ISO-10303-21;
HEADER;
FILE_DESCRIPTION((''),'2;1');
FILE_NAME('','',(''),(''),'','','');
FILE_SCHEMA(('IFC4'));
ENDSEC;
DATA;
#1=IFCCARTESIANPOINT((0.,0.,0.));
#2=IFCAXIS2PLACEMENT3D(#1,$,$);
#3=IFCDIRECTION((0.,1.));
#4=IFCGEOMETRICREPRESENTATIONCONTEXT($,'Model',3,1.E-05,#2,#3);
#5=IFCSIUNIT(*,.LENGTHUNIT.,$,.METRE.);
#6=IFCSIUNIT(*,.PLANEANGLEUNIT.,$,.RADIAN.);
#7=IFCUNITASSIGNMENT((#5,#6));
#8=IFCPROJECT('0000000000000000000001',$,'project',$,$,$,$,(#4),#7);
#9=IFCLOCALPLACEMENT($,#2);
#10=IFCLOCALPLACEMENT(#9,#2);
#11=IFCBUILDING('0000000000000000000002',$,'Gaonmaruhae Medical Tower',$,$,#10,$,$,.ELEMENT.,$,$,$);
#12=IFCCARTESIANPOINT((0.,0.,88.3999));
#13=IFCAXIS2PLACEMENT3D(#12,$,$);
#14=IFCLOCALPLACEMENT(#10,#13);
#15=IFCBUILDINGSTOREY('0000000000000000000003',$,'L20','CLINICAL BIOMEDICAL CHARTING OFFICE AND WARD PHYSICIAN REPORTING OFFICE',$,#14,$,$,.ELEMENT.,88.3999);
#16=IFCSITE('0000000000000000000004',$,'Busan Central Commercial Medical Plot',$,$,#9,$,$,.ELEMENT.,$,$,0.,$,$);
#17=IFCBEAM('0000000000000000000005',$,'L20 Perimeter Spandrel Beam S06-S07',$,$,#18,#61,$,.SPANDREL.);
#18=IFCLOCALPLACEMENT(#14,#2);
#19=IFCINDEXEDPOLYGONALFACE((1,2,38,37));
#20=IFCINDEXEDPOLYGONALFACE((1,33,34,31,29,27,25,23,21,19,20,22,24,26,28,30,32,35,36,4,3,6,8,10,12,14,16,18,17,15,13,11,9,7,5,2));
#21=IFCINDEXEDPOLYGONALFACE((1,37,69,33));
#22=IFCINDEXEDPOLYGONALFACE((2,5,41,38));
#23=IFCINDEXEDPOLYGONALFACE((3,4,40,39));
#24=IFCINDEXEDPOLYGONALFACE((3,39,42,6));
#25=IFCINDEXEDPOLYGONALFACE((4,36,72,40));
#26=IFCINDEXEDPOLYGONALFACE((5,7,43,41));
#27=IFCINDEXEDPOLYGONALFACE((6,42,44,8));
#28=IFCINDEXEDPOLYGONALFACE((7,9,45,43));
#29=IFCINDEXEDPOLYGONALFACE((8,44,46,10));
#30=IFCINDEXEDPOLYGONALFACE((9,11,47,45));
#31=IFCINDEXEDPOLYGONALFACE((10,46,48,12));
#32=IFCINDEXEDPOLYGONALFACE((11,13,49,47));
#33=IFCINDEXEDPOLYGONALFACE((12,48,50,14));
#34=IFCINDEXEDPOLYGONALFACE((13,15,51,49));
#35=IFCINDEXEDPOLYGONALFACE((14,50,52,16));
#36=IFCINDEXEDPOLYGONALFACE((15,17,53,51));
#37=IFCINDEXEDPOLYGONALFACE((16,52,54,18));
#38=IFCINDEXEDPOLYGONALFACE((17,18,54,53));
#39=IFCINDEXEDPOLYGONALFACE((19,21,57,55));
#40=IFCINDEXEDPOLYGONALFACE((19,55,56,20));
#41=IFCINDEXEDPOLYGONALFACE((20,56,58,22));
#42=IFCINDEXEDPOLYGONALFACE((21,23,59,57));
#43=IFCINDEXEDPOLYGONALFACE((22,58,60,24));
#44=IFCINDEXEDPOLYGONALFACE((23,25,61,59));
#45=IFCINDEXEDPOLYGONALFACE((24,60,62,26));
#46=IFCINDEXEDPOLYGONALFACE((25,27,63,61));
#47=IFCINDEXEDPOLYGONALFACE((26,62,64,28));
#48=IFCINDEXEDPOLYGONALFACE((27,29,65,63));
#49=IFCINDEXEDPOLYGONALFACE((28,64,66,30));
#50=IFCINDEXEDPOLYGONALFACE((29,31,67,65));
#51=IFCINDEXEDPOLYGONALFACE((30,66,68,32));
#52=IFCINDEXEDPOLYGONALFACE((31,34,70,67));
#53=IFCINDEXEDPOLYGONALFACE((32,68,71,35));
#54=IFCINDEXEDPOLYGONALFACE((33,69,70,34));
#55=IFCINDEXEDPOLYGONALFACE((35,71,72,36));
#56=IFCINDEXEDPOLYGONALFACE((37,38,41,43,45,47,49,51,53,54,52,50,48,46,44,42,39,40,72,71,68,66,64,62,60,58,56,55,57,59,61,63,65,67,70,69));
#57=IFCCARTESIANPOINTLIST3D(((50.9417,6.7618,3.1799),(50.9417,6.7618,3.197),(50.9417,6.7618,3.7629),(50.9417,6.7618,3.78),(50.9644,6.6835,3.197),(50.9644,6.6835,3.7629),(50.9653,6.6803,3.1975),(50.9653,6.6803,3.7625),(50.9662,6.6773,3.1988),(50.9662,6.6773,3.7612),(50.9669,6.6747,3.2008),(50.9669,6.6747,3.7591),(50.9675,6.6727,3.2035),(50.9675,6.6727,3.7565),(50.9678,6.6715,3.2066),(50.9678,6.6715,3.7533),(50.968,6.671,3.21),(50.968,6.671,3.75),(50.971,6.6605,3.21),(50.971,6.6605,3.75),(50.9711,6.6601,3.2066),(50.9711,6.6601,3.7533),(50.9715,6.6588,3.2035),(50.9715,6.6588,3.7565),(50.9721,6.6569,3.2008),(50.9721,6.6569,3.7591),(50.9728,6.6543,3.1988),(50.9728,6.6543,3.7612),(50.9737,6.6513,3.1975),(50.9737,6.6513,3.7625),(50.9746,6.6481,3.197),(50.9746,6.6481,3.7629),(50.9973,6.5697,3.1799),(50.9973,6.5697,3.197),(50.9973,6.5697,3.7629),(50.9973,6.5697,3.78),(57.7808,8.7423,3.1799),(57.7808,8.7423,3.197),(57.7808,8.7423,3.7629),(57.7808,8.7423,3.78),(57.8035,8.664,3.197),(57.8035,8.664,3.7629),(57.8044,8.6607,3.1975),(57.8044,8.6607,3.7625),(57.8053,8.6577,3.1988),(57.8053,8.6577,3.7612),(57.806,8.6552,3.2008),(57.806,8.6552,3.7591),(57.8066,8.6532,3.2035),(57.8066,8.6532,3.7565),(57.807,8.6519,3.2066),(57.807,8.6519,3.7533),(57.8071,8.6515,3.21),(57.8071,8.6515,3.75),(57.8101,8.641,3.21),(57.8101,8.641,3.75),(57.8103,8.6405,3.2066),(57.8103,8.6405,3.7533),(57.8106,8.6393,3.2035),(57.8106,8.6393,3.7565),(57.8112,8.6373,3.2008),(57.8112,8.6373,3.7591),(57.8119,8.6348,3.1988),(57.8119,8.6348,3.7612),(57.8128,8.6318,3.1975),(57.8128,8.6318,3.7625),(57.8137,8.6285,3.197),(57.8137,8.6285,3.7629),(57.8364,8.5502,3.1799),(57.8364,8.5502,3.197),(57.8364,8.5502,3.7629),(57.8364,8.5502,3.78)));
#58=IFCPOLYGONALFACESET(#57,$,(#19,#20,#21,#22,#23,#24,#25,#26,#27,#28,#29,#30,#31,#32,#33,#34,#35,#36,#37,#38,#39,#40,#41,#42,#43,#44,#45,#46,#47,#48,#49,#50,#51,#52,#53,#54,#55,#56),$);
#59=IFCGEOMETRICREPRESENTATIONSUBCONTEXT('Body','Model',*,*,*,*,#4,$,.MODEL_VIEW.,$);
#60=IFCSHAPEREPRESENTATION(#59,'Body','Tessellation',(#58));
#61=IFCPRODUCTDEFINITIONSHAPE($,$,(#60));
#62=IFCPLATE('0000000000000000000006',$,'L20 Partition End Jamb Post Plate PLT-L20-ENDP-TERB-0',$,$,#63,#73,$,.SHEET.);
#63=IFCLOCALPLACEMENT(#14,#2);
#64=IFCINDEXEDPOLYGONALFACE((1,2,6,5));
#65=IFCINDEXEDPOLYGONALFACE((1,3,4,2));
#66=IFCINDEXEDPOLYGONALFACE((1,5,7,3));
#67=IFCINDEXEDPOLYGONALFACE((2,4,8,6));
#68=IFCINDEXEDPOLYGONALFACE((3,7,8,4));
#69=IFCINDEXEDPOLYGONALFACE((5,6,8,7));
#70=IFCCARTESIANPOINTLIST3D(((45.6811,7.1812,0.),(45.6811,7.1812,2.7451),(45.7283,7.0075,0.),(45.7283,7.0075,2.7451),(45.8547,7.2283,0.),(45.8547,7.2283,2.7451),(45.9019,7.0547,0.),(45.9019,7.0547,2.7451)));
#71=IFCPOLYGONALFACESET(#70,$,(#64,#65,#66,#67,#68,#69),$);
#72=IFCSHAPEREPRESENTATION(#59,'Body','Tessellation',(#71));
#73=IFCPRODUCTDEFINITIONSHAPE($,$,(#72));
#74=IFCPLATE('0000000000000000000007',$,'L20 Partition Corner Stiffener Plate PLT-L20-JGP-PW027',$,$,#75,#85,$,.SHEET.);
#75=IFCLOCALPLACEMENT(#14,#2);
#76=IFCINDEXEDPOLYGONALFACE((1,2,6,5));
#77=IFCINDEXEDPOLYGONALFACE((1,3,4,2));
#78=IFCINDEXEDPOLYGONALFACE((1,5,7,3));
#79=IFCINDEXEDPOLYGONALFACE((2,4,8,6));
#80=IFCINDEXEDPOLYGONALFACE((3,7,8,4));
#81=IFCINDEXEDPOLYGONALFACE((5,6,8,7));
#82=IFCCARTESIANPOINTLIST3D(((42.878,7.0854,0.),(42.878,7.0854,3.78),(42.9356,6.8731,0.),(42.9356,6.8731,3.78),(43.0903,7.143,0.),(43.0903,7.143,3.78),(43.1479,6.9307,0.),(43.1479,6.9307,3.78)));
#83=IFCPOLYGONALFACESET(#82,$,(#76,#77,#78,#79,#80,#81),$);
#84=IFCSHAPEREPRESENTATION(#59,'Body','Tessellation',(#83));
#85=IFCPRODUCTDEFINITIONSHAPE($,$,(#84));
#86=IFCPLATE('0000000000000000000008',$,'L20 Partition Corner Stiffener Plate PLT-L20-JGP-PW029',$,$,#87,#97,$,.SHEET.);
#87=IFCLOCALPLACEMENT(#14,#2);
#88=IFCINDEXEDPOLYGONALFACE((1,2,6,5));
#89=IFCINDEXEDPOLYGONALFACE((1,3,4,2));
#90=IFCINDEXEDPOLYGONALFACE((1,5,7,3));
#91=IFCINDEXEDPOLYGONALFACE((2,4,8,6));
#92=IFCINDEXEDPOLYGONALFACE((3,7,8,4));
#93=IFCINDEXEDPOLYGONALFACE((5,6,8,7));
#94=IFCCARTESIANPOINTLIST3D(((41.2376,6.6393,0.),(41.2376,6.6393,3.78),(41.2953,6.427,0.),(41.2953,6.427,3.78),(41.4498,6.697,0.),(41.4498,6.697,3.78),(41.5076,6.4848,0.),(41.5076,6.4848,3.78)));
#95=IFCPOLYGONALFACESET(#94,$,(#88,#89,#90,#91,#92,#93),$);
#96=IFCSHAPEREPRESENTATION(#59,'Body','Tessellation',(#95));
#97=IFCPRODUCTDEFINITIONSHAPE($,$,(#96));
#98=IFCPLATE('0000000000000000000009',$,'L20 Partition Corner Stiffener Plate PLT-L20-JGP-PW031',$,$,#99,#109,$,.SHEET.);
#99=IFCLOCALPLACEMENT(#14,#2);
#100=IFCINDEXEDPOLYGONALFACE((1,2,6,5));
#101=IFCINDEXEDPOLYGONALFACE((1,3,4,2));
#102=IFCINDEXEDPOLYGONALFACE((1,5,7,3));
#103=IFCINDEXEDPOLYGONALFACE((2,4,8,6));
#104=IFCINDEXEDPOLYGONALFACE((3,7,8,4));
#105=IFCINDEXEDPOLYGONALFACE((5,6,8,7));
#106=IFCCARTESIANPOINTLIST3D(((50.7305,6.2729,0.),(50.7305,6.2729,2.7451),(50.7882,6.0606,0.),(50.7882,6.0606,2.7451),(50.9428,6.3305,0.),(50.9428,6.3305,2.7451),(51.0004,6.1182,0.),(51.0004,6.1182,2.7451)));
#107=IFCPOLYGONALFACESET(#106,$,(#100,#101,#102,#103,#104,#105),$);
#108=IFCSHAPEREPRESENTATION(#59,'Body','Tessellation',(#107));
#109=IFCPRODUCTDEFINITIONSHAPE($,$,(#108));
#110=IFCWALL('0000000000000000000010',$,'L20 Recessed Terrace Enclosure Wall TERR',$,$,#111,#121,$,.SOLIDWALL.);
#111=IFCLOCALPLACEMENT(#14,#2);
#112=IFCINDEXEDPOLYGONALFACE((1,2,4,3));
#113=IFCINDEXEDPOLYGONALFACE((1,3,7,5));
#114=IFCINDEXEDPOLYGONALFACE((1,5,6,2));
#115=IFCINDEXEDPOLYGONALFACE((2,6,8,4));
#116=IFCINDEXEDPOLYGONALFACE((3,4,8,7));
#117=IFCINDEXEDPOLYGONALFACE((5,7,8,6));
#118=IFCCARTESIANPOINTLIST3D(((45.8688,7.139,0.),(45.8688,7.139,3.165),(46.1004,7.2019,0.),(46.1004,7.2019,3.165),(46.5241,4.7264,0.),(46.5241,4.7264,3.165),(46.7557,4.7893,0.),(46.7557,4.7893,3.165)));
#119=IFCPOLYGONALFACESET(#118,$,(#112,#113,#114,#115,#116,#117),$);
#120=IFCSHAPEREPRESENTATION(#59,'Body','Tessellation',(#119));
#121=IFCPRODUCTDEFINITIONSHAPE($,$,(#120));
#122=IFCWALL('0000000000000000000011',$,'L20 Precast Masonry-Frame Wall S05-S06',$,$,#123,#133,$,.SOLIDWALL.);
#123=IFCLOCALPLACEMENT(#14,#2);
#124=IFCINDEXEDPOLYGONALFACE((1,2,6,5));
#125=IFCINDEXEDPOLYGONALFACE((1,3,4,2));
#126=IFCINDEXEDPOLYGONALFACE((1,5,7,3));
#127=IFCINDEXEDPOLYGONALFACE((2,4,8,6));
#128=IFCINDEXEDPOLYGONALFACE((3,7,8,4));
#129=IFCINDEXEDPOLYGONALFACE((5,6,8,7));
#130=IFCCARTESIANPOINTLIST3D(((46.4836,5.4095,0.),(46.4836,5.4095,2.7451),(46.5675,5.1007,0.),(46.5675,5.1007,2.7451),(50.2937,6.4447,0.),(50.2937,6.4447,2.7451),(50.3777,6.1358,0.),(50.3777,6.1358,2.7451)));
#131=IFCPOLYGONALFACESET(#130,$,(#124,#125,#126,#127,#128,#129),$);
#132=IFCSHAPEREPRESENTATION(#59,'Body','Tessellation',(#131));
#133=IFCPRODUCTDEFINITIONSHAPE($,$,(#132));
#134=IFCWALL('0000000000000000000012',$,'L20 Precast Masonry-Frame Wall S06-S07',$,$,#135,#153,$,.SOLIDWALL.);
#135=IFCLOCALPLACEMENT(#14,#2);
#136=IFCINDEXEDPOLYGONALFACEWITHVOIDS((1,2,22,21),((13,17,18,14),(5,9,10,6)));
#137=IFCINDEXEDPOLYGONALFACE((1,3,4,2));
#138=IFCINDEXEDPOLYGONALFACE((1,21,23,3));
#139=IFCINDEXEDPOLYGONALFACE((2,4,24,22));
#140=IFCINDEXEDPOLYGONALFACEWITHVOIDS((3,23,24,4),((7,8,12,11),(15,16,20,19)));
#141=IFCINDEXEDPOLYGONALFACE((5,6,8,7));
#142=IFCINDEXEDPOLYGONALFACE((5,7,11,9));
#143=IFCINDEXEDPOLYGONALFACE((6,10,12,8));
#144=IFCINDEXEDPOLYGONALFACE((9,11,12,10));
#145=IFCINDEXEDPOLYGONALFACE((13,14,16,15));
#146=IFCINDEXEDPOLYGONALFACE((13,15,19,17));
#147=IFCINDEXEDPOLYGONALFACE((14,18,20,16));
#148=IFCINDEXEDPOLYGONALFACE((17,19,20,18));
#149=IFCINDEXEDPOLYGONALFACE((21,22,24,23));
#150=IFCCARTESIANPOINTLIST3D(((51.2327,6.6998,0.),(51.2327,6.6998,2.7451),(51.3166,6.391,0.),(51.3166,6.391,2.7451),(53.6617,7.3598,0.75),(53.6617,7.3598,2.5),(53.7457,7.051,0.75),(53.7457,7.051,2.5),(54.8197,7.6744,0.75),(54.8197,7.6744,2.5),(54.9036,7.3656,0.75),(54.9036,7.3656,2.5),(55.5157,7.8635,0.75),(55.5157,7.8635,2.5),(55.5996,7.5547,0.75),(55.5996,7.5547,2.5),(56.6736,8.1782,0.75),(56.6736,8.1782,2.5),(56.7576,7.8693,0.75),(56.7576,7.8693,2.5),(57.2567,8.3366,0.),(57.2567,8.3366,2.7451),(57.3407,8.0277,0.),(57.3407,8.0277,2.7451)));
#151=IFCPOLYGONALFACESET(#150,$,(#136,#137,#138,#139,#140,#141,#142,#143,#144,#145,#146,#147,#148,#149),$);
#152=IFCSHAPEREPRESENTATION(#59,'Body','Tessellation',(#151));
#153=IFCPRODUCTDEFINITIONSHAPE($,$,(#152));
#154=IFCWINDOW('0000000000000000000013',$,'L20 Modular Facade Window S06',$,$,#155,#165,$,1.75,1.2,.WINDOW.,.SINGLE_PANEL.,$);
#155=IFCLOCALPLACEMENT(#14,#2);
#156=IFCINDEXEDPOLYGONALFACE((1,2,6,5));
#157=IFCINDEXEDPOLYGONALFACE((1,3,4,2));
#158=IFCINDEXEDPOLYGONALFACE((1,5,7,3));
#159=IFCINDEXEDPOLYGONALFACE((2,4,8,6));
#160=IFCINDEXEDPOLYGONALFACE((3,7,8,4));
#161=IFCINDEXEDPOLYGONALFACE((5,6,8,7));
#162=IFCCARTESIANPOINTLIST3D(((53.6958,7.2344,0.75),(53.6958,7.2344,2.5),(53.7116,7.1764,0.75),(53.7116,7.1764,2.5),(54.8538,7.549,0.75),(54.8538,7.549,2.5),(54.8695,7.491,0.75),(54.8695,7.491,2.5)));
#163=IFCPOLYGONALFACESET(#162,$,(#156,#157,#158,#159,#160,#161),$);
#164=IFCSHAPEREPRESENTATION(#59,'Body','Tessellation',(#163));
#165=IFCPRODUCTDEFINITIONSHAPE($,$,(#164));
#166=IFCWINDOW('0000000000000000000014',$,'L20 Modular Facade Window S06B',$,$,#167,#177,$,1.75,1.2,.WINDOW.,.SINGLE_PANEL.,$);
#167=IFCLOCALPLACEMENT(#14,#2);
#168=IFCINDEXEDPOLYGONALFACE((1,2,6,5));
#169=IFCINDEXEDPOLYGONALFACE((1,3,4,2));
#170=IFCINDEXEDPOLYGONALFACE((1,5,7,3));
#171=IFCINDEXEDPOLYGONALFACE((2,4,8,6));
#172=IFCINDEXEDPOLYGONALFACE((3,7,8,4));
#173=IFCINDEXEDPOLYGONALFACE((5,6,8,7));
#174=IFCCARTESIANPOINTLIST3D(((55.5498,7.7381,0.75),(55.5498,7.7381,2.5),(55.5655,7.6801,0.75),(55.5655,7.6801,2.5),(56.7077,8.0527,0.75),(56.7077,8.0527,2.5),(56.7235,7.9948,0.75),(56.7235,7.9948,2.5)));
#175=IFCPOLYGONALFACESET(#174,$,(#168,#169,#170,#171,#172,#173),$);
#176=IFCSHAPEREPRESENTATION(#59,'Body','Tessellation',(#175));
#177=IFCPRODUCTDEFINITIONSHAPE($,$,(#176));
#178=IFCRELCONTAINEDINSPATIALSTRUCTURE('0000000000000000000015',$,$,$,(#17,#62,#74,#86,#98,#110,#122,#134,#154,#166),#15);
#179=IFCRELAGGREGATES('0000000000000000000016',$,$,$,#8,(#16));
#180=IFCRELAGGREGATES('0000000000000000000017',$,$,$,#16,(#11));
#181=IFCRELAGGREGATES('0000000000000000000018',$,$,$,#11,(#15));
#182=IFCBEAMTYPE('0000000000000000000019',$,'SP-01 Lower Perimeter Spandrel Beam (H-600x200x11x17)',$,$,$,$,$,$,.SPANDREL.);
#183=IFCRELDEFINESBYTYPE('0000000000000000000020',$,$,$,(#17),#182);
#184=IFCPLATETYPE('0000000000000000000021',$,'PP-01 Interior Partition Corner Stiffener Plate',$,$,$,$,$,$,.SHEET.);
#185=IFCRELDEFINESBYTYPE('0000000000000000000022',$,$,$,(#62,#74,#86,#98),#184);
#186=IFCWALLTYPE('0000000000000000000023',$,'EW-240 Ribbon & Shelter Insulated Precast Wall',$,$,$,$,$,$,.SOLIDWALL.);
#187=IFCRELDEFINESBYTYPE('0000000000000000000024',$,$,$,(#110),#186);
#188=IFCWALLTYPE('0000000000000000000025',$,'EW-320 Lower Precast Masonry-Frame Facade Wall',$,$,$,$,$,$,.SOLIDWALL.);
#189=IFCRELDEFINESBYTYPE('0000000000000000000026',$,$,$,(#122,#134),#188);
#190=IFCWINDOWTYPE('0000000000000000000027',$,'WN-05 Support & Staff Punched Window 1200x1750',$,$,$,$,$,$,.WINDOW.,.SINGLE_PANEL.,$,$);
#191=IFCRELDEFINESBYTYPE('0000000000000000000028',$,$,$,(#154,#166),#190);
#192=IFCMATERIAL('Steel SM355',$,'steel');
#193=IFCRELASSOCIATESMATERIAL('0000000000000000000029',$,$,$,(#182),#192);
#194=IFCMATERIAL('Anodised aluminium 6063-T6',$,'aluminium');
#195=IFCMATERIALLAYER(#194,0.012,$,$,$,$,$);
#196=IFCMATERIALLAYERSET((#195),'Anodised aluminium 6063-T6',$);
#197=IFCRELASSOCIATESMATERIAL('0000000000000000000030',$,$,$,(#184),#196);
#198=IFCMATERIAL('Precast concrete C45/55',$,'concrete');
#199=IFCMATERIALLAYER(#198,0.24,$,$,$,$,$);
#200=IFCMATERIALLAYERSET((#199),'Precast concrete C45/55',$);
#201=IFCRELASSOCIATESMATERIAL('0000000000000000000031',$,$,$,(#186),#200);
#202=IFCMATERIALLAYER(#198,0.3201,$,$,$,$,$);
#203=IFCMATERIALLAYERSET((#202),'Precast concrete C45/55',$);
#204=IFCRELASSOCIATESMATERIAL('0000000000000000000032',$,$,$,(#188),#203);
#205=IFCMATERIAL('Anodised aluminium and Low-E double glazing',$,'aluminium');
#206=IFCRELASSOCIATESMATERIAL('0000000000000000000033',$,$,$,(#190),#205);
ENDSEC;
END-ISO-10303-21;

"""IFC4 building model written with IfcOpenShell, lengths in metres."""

from ifc_helpers import new_model, si_unit, direction, frame, frame_2d, origin, origin_2d, place, context, subcontext, project, spatial, rectangle, i_section, extrude, material, layer, layer_set, material_profile, profile_set, type_object, element, fill, save


model = new_model("IFC4")

# Units and contexts
model_context = context("Model", 3, precision=1e-05, world=origin(), true_north=direction((0.0, 1.0)))
body_context = subcontext(model_context, "Body", "Model", "MODEL_VIEW")
ifc_project = project(units=[si_unit("LENGTHUNIT", "METRE"), si_unit("PLANEANGLEUNIT", "RADIAN")], contexts=[model_context])

# Site, building, storey
site_placement = place(None, origin())
site = spatial("IfcSite", under=ifc_project, at=site_placement, Name="Busan Central Commercial Medical Plot", CompositionType="ELEMENT", RefElevation=0.0)
building_placement = place(site_placement, origin())
building = spatial("IfcBuilding", under=site, at=building_placement, Name="Gaonmaruhae Medical Tower", CompositionType="ELEMENT")
storey_placement = place(building_placement, frame((0.0, 0.0, 88.3999)))
storey = spatial("IfcBuildingStorey", under=building, at=storey_placement, Name="L20", Description="CLINICAL BIOMEDICAL CHARTING OFFICE AND WARD PHYSICIAN REPORTING OFFICE", CompositionType="ELEMENT", Elevation=88.3999)

# Beam
ifc_material_1 = material(Name="Steel SM355", Category="steel")
ifc_material_profile_1 = material_profile(ifc_material_1, i_section(OverallWidth=0.2, OverallDepth=0.6001, WebThickness=0.011, FlangeThickness=0.0171, FilletRadius=0.0129, at=origin_2d()), Name="H-600x200x11x17")
ifc_profile_set_1 = profile_set([ifc_material_profile_1], Name="Steel SM355")
beam_type_1 = type_object("IfcBeamType", Name="SP-01 Lower Perimeter Spandrel Beam (H-600x200x11x17)", PredefinedType="SPANDREL", material=ifc_profile_set_1)
for number, where, z_axis, x_axis, name in (
    (1, (50.9695, 6.6658, 3.48), (0.960537, 0.278152, 0.0), (-0.278152, 0.960537, 0.0), "L20 Perimeter Spandrel Beam S06-S07"),
):
    element("IfcBeam", number, at=place(storey_placement, frame(where, z_axis=z_axis, x_axis=x_axis)), inside=storey, type_object=beam_type_1, Name=name, PredefinedType="SPANDREL", context=body_context, shape_type="SweptSolid", body=[
        extrude(i_section(OverallWidth=0.2, OverallDepth=0.6001, WebThickness=0.011, FlangeThickness=0.0171, FilletRadius=0.0129, at=origin_2d()), origin(), (0.0, 0.0, 1.0), 7.1201),
    ])

# Plates
ifc_material_2 = material(Name="Anodised aluminium 6063-T6", Category="aluminium")
ifc_layer_1 = layer(ifc_material_2, 0.012)
ifc_layer_set_1 = layer_set([ifc_layer_1], Name="Anodised aluminium 6063-T6")
plate_type = type_object("IfcPlateType", Name="PP-01 Interior Partition Corner Stiffener Plate", PredefinedType="SHEET", material=ifc_layer_set_1)
plate_1_placement = place(storey_placement, frame((45.7915, 7.1179, 0.0), z_axis=(0.0, 0.0, 1.0), x_axis=(-0.965016, -0.262189, 0.0)))
element("IfcPlate", 2, at=plate_1_placement, inside=storey, type_object=plate_type, Name="L20 Partition End Jamb Post Plate PLT-L20-ENDP-TERB-0", PredefinedType="SHEET", context=body_context, shape_type="SweptSolid", body=[
    extrude(rectangle(XDim=0.1799, YDim=0.1799, at=origin_2d()), origin(), (0.0, 0.0, 1.0), 2.7451),
])
for number, where, z_axis, x_axis, name in (
    (3, (43.0129, 7.0081, 0.0), (0.0, 0.0, 1.0), (-0.261667, 0.965158, 0.0), "L20 Partition Corner Stiffener Plate PLT-L20-JGP-PW027"),
    (4, (41.3726, 6.562, 0.0), (0.0, 0.0, 1.0), (0.26256, -0.964916, 0.0), "L20 Partition Corner Stiffener Plate PLT-L20-JGP-PW029"),
):
    element("IfcPlate", number, at=place(storey_placement, frame(where, z_axis=z_axis, x_axis=x_axis)), inside=storey, type_object=plate_type, Name=name, PredefinedType="SHEET", context=body_context, shape_type="SweptSolid", body=[
        extrude(rectangle(XDim=0.22, YDim=0.22, at=origin_2d()), origin(), (0.0, 0.0, 1.0), 3.78),
    ])
plate_2_placement = place(storey_placement, frame((50.8655, 6.1956, 0.0), z_axis=(0.0, 0.0, 1.0), x_axis=(-0.965049, -0.262071, 0.0)))
element("IfcPlate", 5, at=plate_2_placement, inside=storey, type_object=plate_type, Name="L20 Partition Corner Stiffener Plate PLT-L20-JGP-PW031", PredefinedType="SHEET", context=body_context, shape_type="SweptSolid", body=[
    extrude(rectangle(XDim=0.22, YDim=0.22, at=origin_2d()), origin(), (0.0, 0.0, 1.0), 2.7451),
])

# Shared definitions
ifc_material_3 = material(Name="Precast concrete C45/55", Category="concrete")
ifc_layer_2 = layer(ifc_material_3, 0.24)
ifc_layer_set_2 = layer_set([ifc_layer_2], Name="Precast concrete C45/55")
wall_type_1 = type_object("IfcWallType", Name="EW-240 Ribbon & Shelter Insulated Precast Wall", PredefinedType="SOLIDWALL", material=ifc_layer_set_2)

# Walls
wall_1_placement = place(storey_placement, frame((46.6399, 4.7578, 0.0), z_axis=(0.0, 0.0, 1.0), x_axis=(-0.262109, 0.965038, 0.0)))
element("IfcWall", 6, at=wall_1_placement, inside=storey, type_object=wall_type_1, Name="L20 Recessed Terrace Enclosure Wall TERR", PredefinedType="SOLIDWALL", context=body_context, shape_type="SweptSolid", body=[
    extrude(rectangle(XDim=2.5, YDim=0.24, at=frame_2d((1.25, 0.0))), origin(), (0.0, 0.0, 1.0), 3.165),
])
ifc_layer_3 = layer(ifc_material_3, 0.3201)
ifc_layer_set_3 = layer_set([ifc_layer_3], Name="Precast concrete C45/55")
wall_type_2 = type_object("IfcWallType", Name="EW-320 Lower Precast Masonry-Frame Facade Wall", PredefinedType="SOLIDWALL", material=ifc_layer_set_3)
wall_2_placement = place(storey_placement, frame((50.3357, 6.2903, 0.0), z_axis=(0.0, 0.0, 1.0), x_axis=(-0.965017, -0.262186, 0.0)))
element("IfcWall", 7, at=wall_2_placement, inside=storey, type_object=wall_type_2, Name="L20 Precast Masonry-Frame Wall S05-S06", PredefinedType="SOLIDWALL", context=body_context, shape_type="SweptSolid", body=[
    extrude(rectangle(XDim=3.9482, YDim=0.3201, at=frame_2d((1.9741, 0.0))), origin(), (0.0, 0.0, 1.0), 2.7451),
])

# Wall, openings, windows
wall_3_placement = place(storey_placement, frame((57.2986, 8.1821, 0.0), z_axis=(0.0, 0.0, 1.0), x_axis=(-0.965014, -0.262197, 0.0)))
wall_3 = element("IfcWall", 8, at=wall_3_placement, inside=storey, type_object=wall_type_2, Name="L20 Precast Masonry-Frame Wall S06-S07", PredefinedType="SOLIDWALL", context=body_context, shape_type="SweptSolid", body=[
    extrude(rectangle(XDim=6.2424, YDim=0.3201, at=frame_2d((3.1211, 0.0))), origin(), (0.0, 0.0, 1.0), 2.7451),
])
opening_1_placement = place(wall_3_placement, frame((2.5251, 0.0, 0.75)))
opening_1 = element("IfcOpeningElement", 9, at=opening_1_placement, cuts=wall_3, PredefinedType="OPENING", context=body_context, shape_type="SweptSolid", body=[
    extrude(rectangle(XDim=1.2, YDim=1.75, at=frame_2d((0.6001, 0.875))), frame((0.0, 0.1699, 0.0), z_axis=(0.0, -1.0, 0.0), x_axis=(1.0, 0.0, 0.0)), (0.0, 0.0, 1.0), 0.3401),
])
opening_2_placement = place(wall_3_placement, frame((0.604, 0.0, 0.75)))
opening_2 = element("IfcOpeningElement", 10, at=opening_2_placement, cuts=wall_3, PredefinedType="OPENING", context=body_context, shape_type="SweptSolid", body=[
    extrude(rectangle(XDim=1.2, YDim=1.75, at=frame_2d((0.6001, 0.875))), frame((0.0, 0.1699, 0.0), z_axis=(0.0, -1.0, 0.0), x_axis=(1.0, 0.0, 0.0)), (0.0, 0.0, 1.0), 0.3401),
])
ifc_material_4 = material(Name="Anodised aluminium and Low-E double glazing", Category="aluminium")
window_type = type_object("IfcWindowType", Name="WN-05 Support & Staff Punched Window 1200x1750", PartitioningType="SINGLE_PANEL", PredefinedType="WINDOW", material=ifc_material_4)
window_1_placement = place(opening_1_placement, origin())
window_1 = element("IfcWindow", 11, at=window_1_placement, inside=storey, type_object=window_type, Name="L20 Modular Facade Window S06", OverallHeight=1.75, OverallWidth=1.2, PartitioningType="SINGLE_PANEL", PredefinedType="WINDOW", context=body_context, shape_type="SweptSolid", body=[
    extrude(rectangle(XDim=1.2, YDim=1.75, at=frame_2d((0.6001, 0.875))), frame((0.0, 0.03, 0.0), z_axis=(0.0, -1.0, 0.0), x_axis=(1.0, 0.0, 0.0)), (0.0, 0.0, 1.0), 0.0601),
])
fill(opening_1, window_1)
window_2_placement = place(opening_2_placement, origin())
window_2 = element("IfcWindow", 12, at=window_2_placement, inside=storey, type_object=window_type, Name="L20 Modular Facade Window S06B", OverallHeight=1.75, OverallWidth=1.2, PartitioningType="SINGLE_PANEL", PredefinedType="WINDOW", context=body_context, shape_type="SweptSolid", body=[
    extrude(rectangle(XDim=1.2, YDim=1.75, at=frame_2d((0.6001, 0.875))), frame((0.0, 0.03, 0.0), z_axis=(0.0, -1.0, 0.0), x_axis=(1.0, 0.0, 0.0)), (0.0, 0.0, 1.0), 0.0601),
])
fill(opening_2, window_2)

save(model, "model.ifc")
